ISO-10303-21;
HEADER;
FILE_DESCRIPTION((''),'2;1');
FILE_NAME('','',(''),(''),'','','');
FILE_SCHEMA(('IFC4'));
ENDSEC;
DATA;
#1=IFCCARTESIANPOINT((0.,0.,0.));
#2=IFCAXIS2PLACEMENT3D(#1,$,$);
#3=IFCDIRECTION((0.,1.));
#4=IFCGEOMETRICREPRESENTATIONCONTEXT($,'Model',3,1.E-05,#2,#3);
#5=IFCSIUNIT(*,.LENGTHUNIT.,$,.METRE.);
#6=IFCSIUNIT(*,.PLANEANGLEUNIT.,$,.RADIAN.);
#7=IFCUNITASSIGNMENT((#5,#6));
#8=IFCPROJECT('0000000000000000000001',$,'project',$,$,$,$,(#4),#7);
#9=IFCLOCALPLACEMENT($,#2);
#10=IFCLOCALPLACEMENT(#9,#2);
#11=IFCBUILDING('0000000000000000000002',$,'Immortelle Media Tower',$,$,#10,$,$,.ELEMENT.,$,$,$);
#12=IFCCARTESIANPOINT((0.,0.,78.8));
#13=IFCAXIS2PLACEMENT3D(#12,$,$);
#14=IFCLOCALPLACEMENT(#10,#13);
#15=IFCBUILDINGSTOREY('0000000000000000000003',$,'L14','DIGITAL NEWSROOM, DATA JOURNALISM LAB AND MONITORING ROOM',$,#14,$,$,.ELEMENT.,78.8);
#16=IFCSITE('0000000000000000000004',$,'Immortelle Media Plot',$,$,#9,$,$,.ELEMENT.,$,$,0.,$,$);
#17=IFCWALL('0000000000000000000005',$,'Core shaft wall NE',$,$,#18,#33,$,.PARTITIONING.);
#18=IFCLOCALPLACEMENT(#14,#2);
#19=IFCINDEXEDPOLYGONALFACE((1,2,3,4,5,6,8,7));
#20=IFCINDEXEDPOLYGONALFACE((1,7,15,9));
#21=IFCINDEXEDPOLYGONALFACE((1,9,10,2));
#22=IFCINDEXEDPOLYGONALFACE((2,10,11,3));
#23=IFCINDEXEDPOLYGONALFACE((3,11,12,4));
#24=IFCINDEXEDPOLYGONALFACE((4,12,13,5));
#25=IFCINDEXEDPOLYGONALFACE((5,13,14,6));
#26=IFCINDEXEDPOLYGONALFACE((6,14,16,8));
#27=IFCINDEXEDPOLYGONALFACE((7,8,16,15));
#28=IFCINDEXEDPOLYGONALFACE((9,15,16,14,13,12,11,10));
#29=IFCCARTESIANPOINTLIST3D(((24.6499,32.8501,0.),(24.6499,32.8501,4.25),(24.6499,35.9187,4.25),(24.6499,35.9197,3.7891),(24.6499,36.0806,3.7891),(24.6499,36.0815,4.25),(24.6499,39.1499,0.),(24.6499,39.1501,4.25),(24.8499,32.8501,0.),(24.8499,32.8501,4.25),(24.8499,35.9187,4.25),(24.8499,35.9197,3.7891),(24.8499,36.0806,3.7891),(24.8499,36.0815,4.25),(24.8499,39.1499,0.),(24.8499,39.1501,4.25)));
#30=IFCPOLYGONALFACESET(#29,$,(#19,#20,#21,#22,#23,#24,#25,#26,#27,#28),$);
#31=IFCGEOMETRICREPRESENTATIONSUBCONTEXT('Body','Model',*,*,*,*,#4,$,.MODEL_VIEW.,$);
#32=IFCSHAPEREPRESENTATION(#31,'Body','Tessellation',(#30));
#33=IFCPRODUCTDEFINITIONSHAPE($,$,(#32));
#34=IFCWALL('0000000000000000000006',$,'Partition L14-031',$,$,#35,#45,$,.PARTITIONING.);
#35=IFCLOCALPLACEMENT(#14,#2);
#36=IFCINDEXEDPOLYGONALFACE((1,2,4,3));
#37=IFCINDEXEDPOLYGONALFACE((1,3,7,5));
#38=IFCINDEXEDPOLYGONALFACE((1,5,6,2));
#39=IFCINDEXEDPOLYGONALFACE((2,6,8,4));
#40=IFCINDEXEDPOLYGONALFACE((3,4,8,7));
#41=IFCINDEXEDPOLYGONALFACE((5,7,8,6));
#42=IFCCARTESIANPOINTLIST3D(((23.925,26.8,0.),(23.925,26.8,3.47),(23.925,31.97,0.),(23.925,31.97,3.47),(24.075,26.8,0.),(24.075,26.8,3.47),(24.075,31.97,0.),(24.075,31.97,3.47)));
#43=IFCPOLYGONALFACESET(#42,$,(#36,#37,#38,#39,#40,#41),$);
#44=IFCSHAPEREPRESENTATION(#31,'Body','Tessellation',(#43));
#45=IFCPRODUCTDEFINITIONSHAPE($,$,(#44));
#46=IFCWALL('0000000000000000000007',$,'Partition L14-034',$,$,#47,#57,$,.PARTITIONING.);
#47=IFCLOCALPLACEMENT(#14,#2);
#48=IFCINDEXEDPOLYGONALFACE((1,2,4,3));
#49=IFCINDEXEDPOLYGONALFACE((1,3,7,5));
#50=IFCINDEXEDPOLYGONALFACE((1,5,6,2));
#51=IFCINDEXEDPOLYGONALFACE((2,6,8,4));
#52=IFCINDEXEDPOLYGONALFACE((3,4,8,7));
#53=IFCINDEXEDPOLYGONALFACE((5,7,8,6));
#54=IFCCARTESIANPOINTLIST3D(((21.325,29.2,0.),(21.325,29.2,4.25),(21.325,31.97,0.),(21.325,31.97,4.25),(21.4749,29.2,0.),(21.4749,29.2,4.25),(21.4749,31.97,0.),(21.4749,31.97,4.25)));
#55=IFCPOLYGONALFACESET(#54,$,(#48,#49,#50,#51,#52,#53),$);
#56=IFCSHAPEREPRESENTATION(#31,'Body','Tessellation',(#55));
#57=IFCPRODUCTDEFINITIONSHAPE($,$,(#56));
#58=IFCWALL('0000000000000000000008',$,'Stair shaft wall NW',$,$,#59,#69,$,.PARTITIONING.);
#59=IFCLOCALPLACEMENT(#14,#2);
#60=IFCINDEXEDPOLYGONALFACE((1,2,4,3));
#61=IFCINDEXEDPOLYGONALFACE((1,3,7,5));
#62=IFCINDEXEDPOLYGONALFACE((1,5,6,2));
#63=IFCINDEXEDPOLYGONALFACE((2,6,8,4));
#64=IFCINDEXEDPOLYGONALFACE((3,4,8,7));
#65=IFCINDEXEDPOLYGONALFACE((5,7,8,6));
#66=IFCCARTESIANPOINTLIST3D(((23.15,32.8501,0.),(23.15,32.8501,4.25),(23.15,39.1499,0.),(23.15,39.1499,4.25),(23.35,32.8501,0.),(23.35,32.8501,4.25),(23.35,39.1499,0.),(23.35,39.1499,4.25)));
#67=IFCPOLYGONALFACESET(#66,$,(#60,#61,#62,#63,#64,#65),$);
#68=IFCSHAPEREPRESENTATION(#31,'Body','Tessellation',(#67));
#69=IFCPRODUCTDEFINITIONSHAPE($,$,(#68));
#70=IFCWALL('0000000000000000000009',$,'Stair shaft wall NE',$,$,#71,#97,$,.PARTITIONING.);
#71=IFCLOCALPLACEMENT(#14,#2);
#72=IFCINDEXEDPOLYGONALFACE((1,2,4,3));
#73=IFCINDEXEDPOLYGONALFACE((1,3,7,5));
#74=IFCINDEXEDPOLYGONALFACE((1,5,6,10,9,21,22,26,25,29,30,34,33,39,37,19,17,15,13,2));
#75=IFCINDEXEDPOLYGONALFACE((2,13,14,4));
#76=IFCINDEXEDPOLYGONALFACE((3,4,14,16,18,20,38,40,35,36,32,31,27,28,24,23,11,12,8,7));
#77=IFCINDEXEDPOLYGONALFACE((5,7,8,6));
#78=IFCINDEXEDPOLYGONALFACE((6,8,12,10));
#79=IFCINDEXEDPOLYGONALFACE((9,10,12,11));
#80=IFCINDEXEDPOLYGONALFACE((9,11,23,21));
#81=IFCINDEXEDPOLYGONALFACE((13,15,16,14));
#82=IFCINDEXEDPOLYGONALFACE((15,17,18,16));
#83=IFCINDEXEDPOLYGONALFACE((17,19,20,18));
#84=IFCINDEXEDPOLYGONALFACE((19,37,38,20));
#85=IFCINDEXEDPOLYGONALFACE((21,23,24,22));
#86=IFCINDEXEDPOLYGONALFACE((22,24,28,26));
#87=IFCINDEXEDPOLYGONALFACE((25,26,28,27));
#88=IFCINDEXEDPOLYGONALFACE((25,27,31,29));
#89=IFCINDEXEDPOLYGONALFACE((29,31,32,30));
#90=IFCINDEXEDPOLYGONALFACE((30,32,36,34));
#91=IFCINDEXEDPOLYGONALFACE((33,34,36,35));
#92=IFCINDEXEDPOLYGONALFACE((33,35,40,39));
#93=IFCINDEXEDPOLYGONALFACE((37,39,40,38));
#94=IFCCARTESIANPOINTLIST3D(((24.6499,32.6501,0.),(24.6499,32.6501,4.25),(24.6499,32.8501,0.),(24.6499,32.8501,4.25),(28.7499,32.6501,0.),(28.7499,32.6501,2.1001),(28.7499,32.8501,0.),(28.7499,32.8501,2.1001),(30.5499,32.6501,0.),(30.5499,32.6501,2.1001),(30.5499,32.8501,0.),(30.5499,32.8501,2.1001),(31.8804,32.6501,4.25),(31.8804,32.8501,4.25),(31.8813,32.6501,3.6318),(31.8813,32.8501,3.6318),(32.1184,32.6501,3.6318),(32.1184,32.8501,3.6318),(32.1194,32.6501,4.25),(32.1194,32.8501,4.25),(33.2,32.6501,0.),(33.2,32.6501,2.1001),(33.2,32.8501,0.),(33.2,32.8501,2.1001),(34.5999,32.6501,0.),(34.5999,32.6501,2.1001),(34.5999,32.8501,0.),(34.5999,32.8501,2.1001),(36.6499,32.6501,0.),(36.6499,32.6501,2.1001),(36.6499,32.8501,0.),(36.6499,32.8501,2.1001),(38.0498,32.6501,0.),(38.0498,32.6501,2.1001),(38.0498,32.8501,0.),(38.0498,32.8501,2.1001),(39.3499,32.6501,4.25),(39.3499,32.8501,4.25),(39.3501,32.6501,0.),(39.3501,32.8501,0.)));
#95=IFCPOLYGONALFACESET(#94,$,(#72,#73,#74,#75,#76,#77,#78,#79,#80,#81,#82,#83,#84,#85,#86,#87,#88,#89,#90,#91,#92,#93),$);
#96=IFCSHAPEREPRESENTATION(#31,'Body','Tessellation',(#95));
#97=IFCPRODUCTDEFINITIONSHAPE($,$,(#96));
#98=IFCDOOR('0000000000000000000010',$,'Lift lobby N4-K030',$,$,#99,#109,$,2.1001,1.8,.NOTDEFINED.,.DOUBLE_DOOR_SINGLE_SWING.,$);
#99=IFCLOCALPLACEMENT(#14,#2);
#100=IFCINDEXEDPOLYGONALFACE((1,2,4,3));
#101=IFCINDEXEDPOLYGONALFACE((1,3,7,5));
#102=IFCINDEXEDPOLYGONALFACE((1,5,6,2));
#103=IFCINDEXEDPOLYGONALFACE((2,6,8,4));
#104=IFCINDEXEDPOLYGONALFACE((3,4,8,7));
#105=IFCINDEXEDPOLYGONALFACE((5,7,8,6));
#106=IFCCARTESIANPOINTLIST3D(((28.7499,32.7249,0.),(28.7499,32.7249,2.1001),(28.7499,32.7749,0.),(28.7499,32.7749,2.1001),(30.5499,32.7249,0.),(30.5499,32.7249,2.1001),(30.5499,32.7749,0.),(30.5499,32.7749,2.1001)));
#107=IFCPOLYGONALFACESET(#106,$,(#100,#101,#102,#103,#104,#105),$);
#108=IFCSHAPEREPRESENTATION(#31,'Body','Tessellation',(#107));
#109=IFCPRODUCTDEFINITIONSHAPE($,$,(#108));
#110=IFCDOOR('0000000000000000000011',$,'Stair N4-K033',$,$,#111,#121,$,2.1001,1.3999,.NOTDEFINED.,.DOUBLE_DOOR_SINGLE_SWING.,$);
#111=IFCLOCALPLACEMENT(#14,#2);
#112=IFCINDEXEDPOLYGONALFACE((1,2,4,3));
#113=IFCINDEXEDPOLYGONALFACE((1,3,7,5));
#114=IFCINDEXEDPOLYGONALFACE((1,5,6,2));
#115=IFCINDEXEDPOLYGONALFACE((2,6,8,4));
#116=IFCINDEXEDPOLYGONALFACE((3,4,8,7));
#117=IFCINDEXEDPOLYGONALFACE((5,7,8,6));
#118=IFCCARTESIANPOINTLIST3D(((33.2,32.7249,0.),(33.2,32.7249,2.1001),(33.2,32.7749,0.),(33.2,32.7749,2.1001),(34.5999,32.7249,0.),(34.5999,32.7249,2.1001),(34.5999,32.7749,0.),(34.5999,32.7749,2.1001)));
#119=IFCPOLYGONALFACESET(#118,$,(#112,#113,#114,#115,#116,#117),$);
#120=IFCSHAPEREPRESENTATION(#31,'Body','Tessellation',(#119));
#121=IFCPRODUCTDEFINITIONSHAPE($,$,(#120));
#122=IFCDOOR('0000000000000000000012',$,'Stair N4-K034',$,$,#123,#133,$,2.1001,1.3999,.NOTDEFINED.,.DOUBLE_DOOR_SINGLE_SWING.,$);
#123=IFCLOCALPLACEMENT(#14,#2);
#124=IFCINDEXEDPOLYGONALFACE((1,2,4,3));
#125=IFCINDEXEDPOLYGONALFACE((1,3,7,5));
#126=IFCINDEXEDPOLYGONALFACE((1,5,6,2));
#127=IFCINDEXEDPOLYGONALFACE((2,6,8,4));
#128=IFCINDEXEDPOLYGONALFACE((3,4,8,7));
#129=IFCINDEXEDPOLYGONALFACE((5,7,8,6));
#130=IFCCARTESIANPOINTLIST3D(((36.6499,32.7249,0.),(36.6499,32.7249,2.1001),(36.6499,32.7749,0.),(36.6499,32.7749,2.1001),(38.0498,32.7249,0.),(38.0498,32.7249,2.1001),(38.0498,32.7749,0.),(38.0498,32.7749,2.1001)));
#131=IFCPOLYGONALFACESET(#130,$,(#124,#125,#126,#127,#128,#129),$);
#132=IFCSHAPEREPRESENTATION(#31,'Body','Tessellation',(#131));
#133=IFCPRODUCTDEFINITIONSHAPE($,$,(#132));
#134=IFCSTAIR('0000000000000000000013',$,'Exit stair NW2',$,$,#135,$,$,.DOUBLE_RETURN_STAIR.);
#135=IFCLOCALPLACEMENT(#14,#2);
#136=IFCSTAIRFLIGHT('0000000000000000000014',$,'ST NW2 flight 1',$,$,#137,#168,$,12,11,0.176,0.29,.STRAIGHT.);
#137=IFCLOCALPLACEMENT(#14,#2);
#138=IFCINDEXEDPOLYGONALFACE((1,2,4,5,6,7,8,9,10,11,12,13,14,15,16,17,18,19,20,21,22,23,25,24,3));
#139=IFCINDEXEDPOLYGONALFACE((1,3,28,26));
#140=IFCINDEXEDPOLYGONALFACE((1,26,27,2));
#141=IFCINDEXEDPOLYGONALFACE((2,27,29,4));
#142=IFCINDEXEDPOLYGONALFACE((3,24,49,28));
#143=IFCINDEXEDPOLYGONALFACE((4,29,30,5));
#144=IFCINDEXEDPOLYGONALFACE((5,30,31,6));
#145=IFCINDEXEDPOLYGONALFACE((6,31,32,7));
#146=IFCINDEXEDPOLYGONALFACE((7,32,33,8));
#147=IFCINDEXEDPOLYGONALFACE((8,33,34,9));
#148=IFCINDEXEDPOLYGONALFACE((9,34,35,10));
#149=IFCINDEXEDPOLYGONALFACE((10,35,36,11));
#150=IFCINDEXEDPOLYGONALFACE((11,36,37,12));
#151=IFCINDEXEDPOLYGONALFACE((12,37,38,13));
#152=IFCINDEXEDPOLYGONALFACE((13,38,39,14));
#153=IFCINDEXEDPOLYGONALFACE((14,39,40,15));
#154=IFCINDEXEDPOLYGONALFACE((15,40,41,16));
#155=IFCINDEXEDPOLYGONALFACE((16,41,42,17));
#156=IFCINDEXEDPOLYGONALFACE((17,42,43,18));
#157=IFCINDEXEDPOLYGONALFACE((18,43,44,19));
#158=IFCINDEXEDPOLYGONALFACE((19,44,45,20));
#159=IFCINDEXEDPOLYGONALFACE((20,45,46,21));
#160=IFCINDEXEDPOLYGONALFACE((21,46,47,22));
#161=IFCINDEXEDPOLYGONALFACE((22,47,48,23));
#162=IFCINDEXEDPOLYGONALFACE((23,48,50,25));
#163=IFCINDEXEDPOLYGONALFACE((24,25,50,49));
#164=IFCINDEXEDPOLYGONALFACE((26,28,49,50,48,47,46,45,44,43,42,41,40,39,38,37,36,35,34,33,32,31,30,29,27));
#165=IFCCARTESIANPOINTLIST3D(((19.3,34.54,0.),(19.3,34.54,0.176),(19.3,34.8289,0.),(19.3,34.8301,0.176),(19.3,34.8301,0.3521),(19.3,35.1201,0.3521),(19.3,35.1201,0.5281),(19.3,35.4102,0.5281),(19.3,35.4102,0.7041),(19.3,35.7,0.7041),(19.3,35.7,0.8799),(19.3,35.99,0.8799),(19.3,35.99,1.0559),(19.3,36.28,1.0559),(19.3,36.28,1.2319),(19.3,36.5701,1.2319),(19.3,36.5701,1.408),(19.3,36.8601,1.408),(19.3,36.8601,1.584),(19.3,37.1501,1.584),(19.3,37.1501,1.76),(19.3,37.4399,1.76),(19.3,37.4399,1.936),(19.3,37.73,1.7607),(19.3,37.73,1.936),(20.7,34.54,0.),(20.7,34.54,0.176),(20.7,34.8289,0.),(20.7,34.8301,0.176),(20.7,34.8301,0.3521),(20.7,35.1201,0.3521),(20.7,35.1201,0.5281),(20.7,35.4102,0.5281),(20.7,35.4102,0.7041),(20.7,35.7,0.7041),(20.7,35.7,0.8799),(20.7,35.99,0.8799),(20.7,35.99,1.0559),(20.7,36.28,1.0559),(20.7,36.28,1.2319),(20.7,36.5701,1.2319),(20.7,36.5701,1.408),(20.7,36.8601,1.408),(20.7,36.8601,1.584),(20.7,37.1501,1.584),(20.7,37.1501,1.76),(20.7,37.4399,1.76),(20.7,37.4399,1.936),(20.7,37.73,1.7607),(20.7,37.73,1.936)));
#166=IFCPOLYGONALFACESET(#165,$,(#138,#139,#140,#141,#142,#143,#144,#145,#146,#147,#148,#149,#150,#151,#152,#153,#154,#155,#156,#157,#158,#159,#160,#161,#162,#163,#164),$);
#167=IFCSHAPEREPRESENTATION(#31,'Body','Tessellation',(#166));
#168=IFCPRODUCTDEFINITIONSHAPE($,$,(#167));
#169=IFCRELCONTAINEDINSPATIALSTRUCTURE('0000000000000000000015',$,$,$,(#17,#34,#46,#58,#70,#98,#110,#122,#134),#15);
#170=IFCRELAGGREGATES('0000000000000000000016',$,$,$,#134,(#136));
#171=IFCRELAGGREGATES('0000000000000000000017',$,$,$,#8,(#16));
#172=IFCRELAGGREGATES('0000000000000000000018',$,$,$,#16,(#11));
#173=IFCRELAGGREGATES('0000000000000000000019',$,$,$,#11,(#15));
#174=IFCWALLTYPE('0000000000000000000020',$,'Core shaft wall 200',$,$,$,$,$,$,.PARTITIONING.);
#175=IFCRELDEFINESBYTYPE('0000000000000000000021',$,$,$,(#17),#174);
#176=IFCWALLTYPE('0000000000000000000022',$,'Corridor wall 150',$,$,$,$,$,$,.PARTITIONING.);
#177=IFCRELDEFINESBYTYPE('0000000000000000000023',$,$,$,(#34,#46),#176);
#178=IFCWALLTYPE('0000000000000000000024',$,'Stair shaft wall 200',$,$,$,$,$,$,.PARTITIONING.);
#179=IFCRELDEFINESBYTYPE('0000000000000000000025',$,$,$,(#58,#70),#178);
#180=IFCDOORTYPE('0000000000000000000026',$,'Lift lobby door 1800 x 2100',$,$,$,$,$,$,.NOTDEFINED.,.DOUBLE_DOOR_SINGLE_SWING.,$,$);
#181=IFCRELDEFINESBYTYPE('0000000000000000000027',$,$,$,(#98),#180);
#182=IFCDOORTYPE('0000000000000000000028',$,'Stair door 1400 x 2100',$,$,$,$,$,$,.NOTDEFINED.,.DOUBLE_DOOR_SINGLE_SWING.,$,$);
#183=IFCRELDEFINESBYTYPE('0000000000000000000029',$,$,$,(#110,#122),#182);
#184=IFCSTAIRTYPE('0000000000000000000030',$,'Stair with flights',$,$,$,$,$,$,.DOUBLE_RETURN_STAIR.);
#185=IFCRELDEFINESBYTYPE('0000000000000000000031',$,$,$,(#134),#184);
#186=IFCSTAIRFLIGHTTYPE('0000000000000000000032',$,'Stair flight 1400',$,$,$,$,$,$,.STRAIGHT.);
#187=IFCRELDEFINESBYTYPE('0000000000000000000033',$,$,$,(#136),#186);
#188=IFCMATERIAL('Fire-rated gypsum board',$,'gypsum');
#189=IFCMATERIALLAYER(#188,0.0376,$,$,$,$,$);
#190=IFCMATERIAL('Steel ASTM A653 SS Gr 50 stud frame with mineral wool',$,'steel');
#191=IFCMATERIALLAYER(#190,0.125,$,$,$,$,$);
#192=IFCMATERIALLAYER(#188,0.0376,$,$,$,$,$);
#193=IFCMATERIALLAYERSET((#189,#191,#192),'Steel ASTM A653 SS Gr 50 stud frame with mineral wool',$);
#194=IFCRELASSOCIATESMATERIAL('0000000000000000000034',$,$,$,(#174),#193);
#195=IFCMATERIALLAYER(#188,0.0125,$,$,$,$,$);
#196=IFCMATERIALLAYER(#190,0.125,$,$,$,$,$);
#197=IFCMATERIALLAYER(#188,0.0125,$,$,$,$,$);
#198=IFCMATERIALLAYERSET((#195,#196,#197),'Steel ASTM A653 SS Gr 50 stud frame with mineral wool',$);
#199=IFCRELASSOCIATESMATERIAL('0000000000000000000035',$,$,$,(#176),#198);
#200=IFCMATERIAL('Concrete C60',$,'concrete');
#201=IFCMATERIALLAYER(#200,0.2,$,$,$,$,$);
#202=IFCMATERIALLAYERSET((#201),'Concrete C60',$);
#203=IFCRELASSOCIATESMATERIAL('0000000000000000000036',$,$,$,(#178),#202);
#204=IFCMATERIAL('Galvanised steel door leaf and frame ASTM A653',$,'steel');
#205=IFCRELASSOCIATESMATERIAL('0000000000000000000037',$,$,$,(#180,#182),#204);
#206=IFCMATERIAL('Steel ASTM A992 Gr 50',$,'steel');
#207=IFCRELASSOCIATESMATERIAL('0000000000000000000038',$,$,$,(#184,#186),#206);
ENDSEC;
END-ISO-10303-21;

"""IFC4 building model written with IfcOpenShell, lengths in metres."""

from ifc_helpers import new_model, si_unit, direction, frame, frame_2d, origin, place, context, subcontext, project, spatial, polyline, rectangle, outline, extrude, material, layer, layer_set, type_object, element, fill, aggregate, save


model = new_model("IFC4")

# Units and contexts
model_context = context("Model", 3, precision=1e-05, world=origin(), true_north=direction((0.0, 1.0)))
body_context = subcontext(model_context, "Body", "Model", "MODEL_VIEW")
ifc_project = project(units=[si_unit("LENGTHUNIT", "METRE"), si_unit("PLANEANGLEUNIT", "RADIAN")], contexts=[model_context])

# Site, building, storey
site_placement = place(None, origin())
site = spatial("IfcSite", under=ifc_project, at=site_placement, Name="Immortelle Media Plot", CompositionType="ELEMENT", RefElevation=0.0)
building_placement = place(site_placement, origin())
building = spatial("IfcBuilding", under=site, at=building_placement, Name="Immortelle Media Tower", CompositionType="ELEMENT")
storey_placement = place(building_placement, frame((0.0, 0.0, 78.8)))
storey = spatial("IfcBuildingStorey", under=building, at=storey_placement, Name="L14", Description="DIGITAL NEWSROOM, DATA JOURNALISM LAB AND MONITORING ROOM", CompositionType="ELEMENT", Elevation=78.8)

# Shared definitions
ifc_material_1 = material(Name="Steel ASTM A992 Gr 50", Category="steel")

# Shared definitions
ifc_material_2 = material(Name="Fire-rated gypsum board", Category="gypsum")
ifc_material_3 = material(Name="Steel ASTM A653 SS Gr 50 stud frame with mineral wool", Category="steel")

# Shared definitions
ifc_material_4 = material(Name="Galvanised steel door leaf and frame ASTM A653", Category="steel")

# Walls
ifc_layer_1 = layer(ifc_material_2, 0.0376)
ifc_layer_2 = layer(ifc_material_3, 0.125)
ifc_layer_3 = layer(ifc_material_2, 0.0376)
ifc_layer_set_1 = layer_set([ifc_layer_1, ifc_layer_2, ifc_layer_3], Name="Steel ASTM A653 SS Gr 50 stud frame with mineral wool")
wall_type_1 = type_object("IfcWallType", Name="Core shaft wall 200", PredefinedType="PARTITIONING", material=ifc_layer_set_1)
wall_1_placement = place(storey_placement, frame((24.75, 32.8501, 0.0), z_axis=(0.0, 0.0, 1.0), x_axis=(0.0, 1.0, 0.0)))
element("IfcWall", 1, at=wall_1_placement, inside=storey, type_object=wall_type_1, Name="Core shaft wall NE", PredefinedType="PARTITIONING", context=body_context, shape_type="SweptSolid", body=[
    extrude(outline(polyline([(0.0, 0.0), (6.2998, 0.0), (6.3, 4.25), (3.2314, 4.25), (3.2305, 3.7891), (3.0696, 3.7891), (3.0686, 4.25), (0.0, 4.25), (0.0, 0.0)])), frame((0.0, 0.1001, 0.0), z_axis=(0.0, -1.0, 0.0), x_axis=(1.0, 0.0, 0.0)), (0.0, 0.0, 1.0), 0.2),
])
ifc_layer_4 = layer(ifc_material_2, 0.0125)
ifc_layer_5 = layer(ifc_material_3, 0.125)
ifc_layer_6 = layer(ifc_material_2, 0.0125)
ifc_layer_set_2 = layer_set([ifc_layer_4, ifc_layer_5, ifc_layer_6], Name="Steel ASTM A653 SS Gr 50 stud frame with mineral wool")
wall_type_2 = type_object("IfcWallType", Name="Corridor wall 150", PredefinedType="PARTITIONING", material=ifc_layer_set_2)
wall_2_placement = place(storey_placement, frame((24.0, 26.8, 0.0), z_axis=(0.0, 0.0, 1.0), x_axis=(0.0, 1.0, 0.0)))
element("IfcWall", 2, at=wall_2_placement, inside=storey, type_object=wall_type_2, Name="Partition L14-031", PredefinedType="PARTITIONING", context=body_context, shape_type="SweptSolid", body=[
    extrude(rectangle(XDim=5.1699, YDim=0.1499, at=frame_2d((2.585, 0.0))), origin(), (0.0, 0.0, 1.0), 3.47),
])
wall_3_placement = place(storey_placement, frame((21.3999, 29.2, 0.0), z_axis=(0.0, 0.0, 1.0), x_axis=(0.0, 1.0, 0.0)))
element("IfcWall", 3, at=wall_3_placement, inside=storey, type_object=wall_type_2, Name="Partition L14-034", PredefinedType="PARTITIONING", context=body_context, shape_type="SweptSolid", body=[
    extrude(rectangle(XDim=2.77, YDim=0.1499, at=frame_2d((1.385, 0.0))), origin(), (0.0, 0.0, 1.0), 4.25),
])
ifc_material_5 = material(Name="Concrete C60", Category="concrete")
ifc_layer_7 = layer(ifc_material_5, 0.2)
ifc_layer_set_3 = layer_set([ifc_layer_7], Name="Concrete C60")
wall_type_3 = type_object("IfcWallType", Name="Stair shaft wall 200", PredefinedType="PARTITIONING", material=ifc_layer_set_3)
wall_4_placement = place(storey_placement, frame((23.25, 32.8501, 0.0), z_axis=(0.0, 0.0, 1.0), x_axis=(0.0, 1.0, 0.0)))
element("IfcWall", 4, at=wall_4_placement, inside=storey, type_object=wall_type_3, Name="Stair shaft wall NW", PredefinedType="PARTITIONING", context=body_context, shape_type="SweptSolid", body=[
    extrude(rectangle(XDim=6.2998, YDim=0.2, at=frame_2d((3.1499, 0.0))), origin(), (0.0, 0.0, 1.0), 4.25),
])

# Wall, openings, doors
wall_5_placement = place(storey_placement, frame((24.6499, 32.75, 0.0), z_axis=(0.0, 0.0, 1.0), x_axis=(1.0, 0.0, 0.0)))
wall_5 = element("IfcWall", 5, at=wall_5_placement, inside=storey, type_object=wall_type_3, Name="Stair shaft wall NE", PredefinedType="PARTITIONING", context=body_context, shape_type="SweptSolid", body=[
    extrude(outline(polyline([(0.0, 0.0), (14.7002, 0.0), (14.7, 4.25), (7.4695, 4.25), (7.4685, 3.6318), (7.2314, 3.6318), (7.2305, 4.25), (0.0, 4.25), (0.0, 0.0)])), frame((0.0, 0.1001, 0.0), z_axis=(0.0, -1.0, 0.0), x_axis=(1.0, 0.0, 0.0)), (0.0, 0.0, 1.0), 0.2),
])
opening_1_placement = place(wall_5_placement, frame((4.1001, 0.0, 0.0)))
opening_1 = element("IfcOpeningElement", 6, at=opening_1_placement, cuts=wall_5, PredefinedType="OPENING", context=body_context, shape_type="SweptSolid", body=[
    extrude(rectangle(XDim=1.8, YDim=2.1001, at=frame_2d((0.8999, 1.05))), frame((0.0, 0.1099, 0.0), z_axis=(0.0, -1.0, 0.0), x_axis=(1.0, 0.0, 0.0)), (0.0, 0.0, 1.0), 0.22),
])
opening_2_placement = place(wall_5_placement, frame((8.55, 0.0, 0.0)))
opening_2 = element("IfcOpeningElement", 7, at=opening_2_placement, cuts=wall_5, PredefinedType="OPENING", context=body_context, shape_type="SweptSolid", body=[
    extrude(rectangle(XDim=1.3999, YDim=2.1001, at=frame_2d((0.7, 1.05))), frame((0.0, 0.1099, 0.0), z_axis=(0.0, -1.0, 0.0), x_axis=(1.0, 0.0, 0.0)), (0.0, 0.0, 1.0), 0.22),
])
opening_3_placement = place(wall_5_placement, frame((12.0, 0.0, 0.0)))
opening_3 = element("IfcOpeningElement", 8, at=opening_3_placement, cuts=wall_5, PredefinedType="OPENING", context=body_context, shape_type="SweptSolid", body=[
    extrude(rectangle(XDim=1.3999, YDim=2.1001, at=frame_2d((0.7, 1.05))), frame((0.0, 0.1099, 0.0), z_axis=(0.0, -1.0, 0.0), x_axis=(1.0, 0.0, 0.0)), (0.0, 0.0, 1.0), 0.22),
])
door_type_1 = type_object("IfcDoorType", Name="Lift lobby door 1800 x 2100", OperationType="DOUBLE_DOOR_SINGLE_SWING", PredefinedType="NOTDEFINED", material=ifc_material_4)
door_1_placement = place(opening_1_placement, origin())
door_1 = element("IfcDoor", 9, at=door_1_placement, inside=storey, type_object=door_type_1, Name="Lift lobby N4-K030", OperationType="DOUBLE_DOOR_SINGLE_SWING", OverallHeight=2.1001, OverallWidth=1.8, PredefinedType="NOTDEFINED", context=body_context, shape_type="SweptSolid", body=[
    extrude(rectangle(XDim=1.8, YDim=2.1001, at=frame_2d((0.8999, 1.05))), frame((0.0, 0.0249, 0.0), z_axis=(0.0, -1.0, 0.0), x_axis=(1.0, 0.0, 0.0)), (0.0, 0.0, 1.0), 0.05),
])
fill(opening_1, door_1)
door_type_2 = type_object("IfcDoorType", Name="Stair door 1400 x 2100", OperationType="DOUBLE_DOOR_SINGLE_SWING", PredefinedType="NOTDEFINED", material=ifc_material_4)
door_2_placement = place(opening_2_placement, origin())
door_2 = element("IfcDoor", 10, at=door_2_placement, inside=storey, type_object=door_type_2, Name="Stair N4-K033", OperationType="DOUBLE_DOOR_SINGLE_SWING", OverallHeight=2.1001, OverallWidth=1.3999, PredefinedType="NOTDEFINED", context=body_context, shape_type="SweptSolid", body=[
    extrude(rectangle(XDim=1.3999, YDim=2.1001, at=frame_2d((0.7, 1.05))), frame((0.0, 0.0249, 0.0), z_axis=(0.0, -1.0, 0.0), x_axis=(1.0, 0.0, 0.0)), (0.0, 0.0, 1.0), 0.05),
])
fill(opening_2, door_2)
door_3_placement = place(opening_3_placement, origin())
door_3 = element("IfcDoor", 11, at=door_3_placement, inside=storey, type_object=door_type_2, Name="Stair N4-K034", OperationType="DOUBLE_DOOR_SINGLE_SWING", OverallHeight=2.1001, OverallWidth=1.3999, PredefinedType="NOTDEFINED", context=body_context, shape_type="SweptSolid", body=[
    extrude(rectangle(XDim=1.3999, YDim=2.1001, at=frame_2d((0.7, 1.05))), frame((0.0, 0.0249, 0.0), z_axis=(0.0, -1.0, 0.0), x_axis=(1.0, 0.0, 0.0)), (0.0, 0.0, 1.0), 0.05),
])
fill(opening_3, door_3)

# Stair, stair flight
stair_type = type_object("IfcStairType", Name="Stair with flights", PredefinedType="DOUBLE_RETURN_STAIR", material=ifc_material_1)
stair_placement = place(storey_placement, origin())
stair = element("IfcStair", 12, at=stair_placement, inside=storey, type_object=stair_type, Name="Exit stair NW2", PredefinedType="DOUBLE_RETURN_STAIR")
stair_flight_type = type_object("IfcStairFlightType", Name="Stair flight 1400", PredefinedType="STRAIGHT", material=ifc_material_1)
stair_flight_placement = place(storey_placement, frame((20.0, 34.54, 0.0), z_axis=(0.0, 0.0, 1.0), x_axis=(0.0, 1.0, 0.0)))
stair_flight = element("IfcStairFlight", 13, at=stair_flight_placement, type_object=stair_flight_type, Name="ST NW2 flight 1", NumberOfRisers=12, NumberOfTreads=11, PredefinedType="STRAIGHT", RiserHeight=0.176, TreadLength=0.29, context=body_context, shape_type="SweptSolid", body=[
    extrude(outline(polyline([(0.0, 0.0), (0.0, 0.176), (0.29, 0.176), (0.29, 0.3521), (0.5801, 0.3521), (0.5801, 0.5281), (0.8701, 0.5281), (0.8701, 0.7041), (1.1599, 0.7041), (1.1599, 0.8799), (1.45, 0.8799), (1.45, 1.0559), (1.74, 1.0559), (1.74, 1.2319), (2.03, 1.2319), (2.03, 1.408), (2.3201, 1.408), (2.3201, 1.584), (2.6101, 1.584), (2.6101, 1.76), (2.8999, 1.76), (2.8999, 1.936), (3.1899, 1.936), (3.1899, 2.1121), (3.1899, 1.7607), (0.2888, 0.0), (0.0, 0.0)])), frame((0.0, 0.7, 0.0), z_axis=(0.0, -1.0, 0.0), x_axis=(1.0, 0.0, 0.0)), (0.0, 0.0, 1.0), 1.3999),
])
aggregate(stair, [stair_flight])

save(model, "model.ifc")
